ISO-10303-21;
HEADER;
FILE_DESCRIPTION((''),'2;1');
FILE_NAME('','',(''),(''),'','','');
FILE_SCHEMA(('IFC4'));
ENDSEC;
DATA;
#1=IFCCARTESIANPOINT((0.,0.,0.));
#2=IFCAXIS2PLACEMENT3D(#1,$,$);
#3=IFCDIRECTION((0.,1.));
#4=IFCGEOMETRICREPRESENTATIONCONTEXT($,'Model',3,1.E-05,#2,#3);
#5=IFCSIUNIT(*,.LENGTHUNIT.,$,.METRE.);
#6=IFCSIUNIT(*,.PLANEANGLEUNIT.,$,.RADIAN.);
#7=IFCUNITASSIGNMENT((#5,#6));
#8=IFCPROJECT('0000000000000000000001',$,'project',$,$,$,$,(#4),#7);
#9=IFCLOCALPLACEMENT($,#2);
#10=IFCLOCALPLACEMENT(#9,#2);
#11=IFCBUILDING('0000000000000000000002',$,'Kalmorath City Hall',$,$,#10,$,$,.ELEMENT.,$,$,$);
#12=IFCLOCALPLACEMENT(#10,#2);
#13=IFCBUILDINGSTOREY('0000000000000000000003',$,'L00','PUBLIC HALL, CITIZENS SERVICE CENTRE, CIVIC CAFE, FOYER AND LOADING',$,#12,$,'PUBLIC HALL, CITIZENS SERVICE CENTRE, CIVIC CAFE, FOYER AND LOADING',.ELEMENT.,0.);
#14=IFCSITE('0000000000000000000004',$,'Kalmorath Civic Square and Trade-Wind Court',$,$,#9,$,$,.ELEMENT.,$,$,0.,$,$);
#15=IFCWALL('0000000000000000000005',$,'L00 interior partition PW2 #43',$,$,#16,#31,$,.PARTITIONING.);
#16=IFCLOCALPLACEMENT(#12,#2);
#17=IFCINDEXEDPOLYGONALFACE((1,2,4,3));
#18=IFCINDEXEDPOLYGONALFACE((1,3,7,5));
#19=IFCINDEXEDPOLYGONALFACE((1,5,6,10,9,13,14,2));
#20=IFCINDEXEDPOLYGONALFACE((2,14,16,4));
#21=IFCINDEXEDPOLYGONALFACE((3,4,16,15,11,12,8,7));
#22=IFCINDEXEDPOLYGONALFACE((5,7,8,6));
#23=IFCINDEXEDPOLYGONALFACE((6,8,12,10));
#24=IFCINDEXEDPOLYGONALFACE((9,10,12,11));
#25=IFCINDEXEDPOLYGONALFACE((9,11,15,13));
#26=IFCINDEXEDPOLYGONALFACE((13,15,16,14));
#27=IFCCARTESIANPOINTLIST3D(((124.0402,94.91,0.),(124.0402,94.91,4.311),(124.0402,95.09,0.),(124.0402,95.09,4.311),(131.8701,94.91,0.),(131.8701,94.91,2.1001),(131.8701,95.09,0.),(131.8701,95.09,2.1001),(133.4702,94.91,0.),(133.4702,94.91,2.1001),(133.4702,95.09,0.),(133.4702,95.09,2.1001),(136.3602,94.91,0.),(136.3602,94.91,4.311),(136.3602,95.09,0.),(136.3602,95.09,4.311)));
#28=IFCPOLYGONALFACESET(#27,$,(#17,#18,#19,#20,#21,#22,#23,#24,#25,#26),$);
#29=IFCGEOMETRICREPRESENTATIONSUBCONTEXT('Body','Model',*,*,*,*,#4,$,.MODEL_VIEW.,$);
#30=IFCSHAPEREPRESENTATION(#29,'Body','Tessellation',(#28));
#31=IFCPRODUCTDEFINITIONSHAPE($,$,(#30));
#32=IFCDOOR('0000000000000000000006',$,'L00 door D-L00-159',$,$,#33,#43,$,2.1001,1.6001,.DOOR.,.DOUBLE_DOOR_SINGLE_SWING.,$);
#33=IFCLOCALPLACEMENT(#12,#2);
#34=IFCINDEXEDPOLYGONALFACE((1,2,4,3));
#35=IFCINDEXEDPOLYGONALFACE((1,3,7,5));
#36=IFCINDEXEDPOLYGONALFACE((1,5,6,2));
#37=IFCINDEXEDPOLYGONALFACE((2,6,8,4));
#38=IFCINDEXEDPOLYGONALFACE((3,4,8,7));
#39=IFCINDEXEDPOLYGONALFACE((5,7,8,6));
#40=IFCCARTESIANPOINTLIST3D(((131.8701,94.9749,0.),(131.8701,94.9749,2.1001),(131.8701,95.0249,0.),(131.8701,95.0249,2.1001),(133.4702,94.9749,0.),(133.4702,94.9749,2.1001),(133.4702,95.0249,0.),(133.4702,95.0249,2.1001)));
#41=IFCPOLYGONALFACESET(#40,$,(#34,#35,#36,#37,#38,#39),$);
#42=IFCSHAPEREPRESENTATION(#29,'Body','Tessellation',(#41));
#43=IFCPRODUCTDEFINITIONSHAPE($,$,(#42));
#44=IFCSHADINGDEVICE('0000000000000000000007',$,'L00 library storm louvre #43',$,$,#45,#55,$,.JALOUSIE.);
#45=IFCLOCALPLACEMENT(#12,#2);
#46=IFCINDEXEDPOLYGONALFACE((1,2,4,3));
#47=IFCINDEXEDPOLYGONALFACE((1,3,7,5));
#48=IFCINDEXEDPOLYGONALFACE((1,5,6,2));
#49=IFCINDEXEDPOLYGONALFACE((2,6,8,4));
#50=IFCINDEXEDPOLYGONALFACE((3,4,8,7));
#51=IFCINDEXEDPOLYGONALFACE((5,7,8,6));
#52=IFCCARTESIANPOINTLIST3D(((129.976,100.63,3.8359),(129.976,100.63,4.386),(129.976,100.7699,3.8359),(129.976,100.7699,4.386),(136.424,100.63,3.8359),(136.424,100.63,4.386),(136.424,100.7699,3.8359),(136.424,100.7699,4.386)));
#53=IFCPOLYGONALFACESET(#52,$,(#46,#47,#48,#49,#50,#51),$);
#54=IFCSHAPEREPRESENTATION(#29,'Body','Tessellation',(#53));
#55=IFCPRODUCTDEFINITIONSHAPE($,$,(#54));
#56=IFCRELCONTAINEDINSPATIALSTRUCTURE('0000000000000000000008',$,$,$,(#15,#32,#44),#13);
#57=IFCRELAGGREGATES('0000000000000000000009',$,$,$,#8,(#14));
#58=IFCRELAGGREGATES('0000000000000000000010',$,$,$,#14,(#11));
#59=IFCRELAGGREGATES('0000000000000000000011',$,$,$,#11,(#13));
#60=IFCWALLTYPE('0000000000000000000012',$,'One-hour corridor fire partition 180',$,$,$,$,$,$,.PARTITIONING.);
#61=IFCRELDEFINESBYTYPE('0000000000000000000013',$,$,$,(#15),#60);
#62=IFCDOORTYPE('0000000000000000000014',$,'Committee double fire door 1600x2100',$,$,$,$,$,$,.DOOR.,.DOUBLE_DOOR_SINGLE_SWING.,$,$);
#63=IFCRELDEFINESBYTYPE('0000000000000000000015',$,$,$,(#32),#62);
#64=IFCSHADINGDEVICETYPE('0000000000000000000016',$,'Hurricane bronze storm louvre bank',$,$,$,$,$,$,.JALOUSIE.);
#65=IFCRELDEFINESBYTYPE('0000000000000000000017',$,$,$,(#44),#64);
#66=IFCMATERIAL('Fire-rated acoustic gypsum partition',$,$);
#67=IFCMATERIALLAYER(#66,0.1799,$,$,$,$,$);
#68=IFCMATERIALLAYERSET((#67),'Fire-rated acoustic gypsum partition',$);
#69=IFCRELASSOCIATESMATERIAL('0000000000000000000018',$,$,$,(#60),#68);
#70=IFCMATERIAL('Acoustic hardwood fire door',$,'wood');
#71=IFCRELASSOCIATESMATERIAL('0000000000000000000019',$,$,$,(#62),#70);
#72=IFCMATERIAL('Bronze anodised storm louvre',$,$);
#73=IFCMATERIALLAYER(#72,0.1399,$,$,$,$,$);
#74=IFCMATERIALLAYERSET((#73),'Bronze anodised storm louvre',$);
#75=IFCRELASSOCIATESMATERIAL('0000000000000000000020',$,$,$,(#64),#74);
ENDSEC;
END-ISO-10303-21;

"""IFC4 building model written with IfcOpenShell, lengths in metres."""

from ifc_helpers import new_model, si_unit, direction, frame, frame_2d, origin, origin_2d, place, context, subcontext, project, spatial, rectangle, extrude, material, layer, layer_set, type_object, element, fill, save


model = new_model("IFC4")

# Units and contexts
model_context = context("Model", 3, precision=1e-05, world=origin(), true_north=direction((0.0, 1.0)))
body_context = subcontext(model_context, "Body", "Model", "MODEL_VIEW")
ifc_project = project(units=[si_unit("LENGTHUNIT", "METRE"), si_unit("PLANEANGLEUNIT", "RADIAN")], contexts=[model_context])

# Site, building, storey
site_placement = place(None, origin())
site = spatial("IfcSite", under=ifc_project, at=site_placement, Name="Kalmorath Civic Square and Trade-Wind Court", CompositionType="ELEMENT", RefElevation=0.0)
building_placement = place(site_placement, origin())
building = spatial("IfcBuilding", under=site, at=building_placement, Name="Kalmorath City Hall", CompositionType="ELEMENT")
storey_placement = place(building_placement, origin())
storey = spatial("IfcBuildingStorey", under=building, at=storey_placement, Name="L00", Description="PUBLIC HALL, CITIZENS SERVICE CENTRE, CIVIC CAFE, FOYER AND LOADING", LongName="PUBLIC HALL, CITIZENS SERVICE CENTRE, CIVIC CAFE, FOYER AND LOADING", CompositionType="ELEMENT", Elevation=0.0)

# Wall, opening, door
ifc_material_1 = material(Name="Fire-rated acoustic gypsum partition")
ifc_layer_1 = layer(ifc_material_1, 0.1799)
ifc_layer_set_1 = layer_set([ifc_layer_1], Name="Fire-rated acoustic gypsum partition")
wall_type = type_object("IfcWallType", Name="One-hour corridor fire partition 180", PredefinedType="PARTITIONING", material=ifc_layer_set_1)
wall_placement = place(storey_placement, frame((124.04, 95.0, 0.0), z_axis=(0.0, 0.0, 1.0), x_axis=(1.0, 0.0, 0.0)))
wall = element("IfcWall", 1, at=wall_placement, inside=storey, type_object=wall_type, Name="L00 interior partition PW2 #43", PredefinedType="PARTITIONING", context=body_context, shape_type="SweptSolid", body=[
    extrude(rectangle(XDim=12.3201, YDim=0.1799, at=frame_2d((6.1602, 0.0))), origin(), (0.0, 0.0, 1.0), 4.311),
])
opening_placement = place(wall_placement, frame((7.8301, 0.0, 0.0)))
opening = element("IfcOpeningElement", 2, at=opening_placement, cuts=wall, PredefinedType="OPENING", context=body_context, shape_type="SweptSolid", body=[
    extrude(rectangle(XDim=1.6001, YDim=2.1001, at=frame_2d((0.8, 1.05))), frame((0.0, 0.0999, 0.0), z_axis=(0.0, -1.0, 0.0), x_axis=(1.0, 0.0, 0.0)), (0.0, 0.0, 1.0), 0.2),
])
ifc_material_2 = material(Name="Acoustic hardwood fire door", Category="wood")
door_type = type_object("IfcDoorType", Name="Committee double fire door 1600x2100", OperationType="DOUBLE_DOOR_SINGLE_SWING", PredefinedType="DOOR", material=ifc_material_2)
door_placement = place(opening_placement, origin())
door = element("IfcDoor", 3, at=door_placement, inside=storey, type_object=door_type, Name="L00 door D-L00-159", OperationType="DOUBLE_DOOR_SINGLE_SWING", OverallHeight=2.1001, OverallWidth=1.6001, PredefinedType="DOOR", context=body_context, shape_type="SweptSolid", body=[
    extrude(rectangle(XDim=1.6001, YDim=2.1001, at=frame_2d((0.8, 1.05))), frame((0.0, 0.0249, 0.0), z_axis=(0.0, -1.0, 0.0), x_axis=(1.0, 0.0, 0.0)), (0.0, 0.0, 1.0), 0.05),
])
fill(opening, door)

# Shading device
ifc_material_3 = material(Name="Bronze anodised storm louvre")
ifc_layer_2 = layer(ifc_material_3, 0.1399)
ifc_layer_set_2 = layer_set([ifc_layer_2], Name="Bronze anodised storm louvre")
shading_device_type = type_object("IfcShadingDeviceType", Name="Hurricane bronze storm louvre bank", PredefinedType="JALOUSIE", material=ifc_layer_set_2)
shading_device_placement = place(storey_placement, frame((133.2, 100.7, 3.8359), z_axis=(0.0, 0.0, 1.0), x_axis=(1.0, 0.0, 0.0)))
element("IfcShadingDevice", 4, at=shading_device_placement, inside=storey, type_object=shading_device_type, Name="L00 library storm louvre #43", PredefinedType="JALOUSIE", context=body_context, shape_type="SweptSolid", body=[
    extrude(rectangle(XDim=6.448, YDim=0.1399, at=origin_2d()), origin(), (0.0, 0.0, 1.0), 0.55),
])

save(model, "model.ifc")
